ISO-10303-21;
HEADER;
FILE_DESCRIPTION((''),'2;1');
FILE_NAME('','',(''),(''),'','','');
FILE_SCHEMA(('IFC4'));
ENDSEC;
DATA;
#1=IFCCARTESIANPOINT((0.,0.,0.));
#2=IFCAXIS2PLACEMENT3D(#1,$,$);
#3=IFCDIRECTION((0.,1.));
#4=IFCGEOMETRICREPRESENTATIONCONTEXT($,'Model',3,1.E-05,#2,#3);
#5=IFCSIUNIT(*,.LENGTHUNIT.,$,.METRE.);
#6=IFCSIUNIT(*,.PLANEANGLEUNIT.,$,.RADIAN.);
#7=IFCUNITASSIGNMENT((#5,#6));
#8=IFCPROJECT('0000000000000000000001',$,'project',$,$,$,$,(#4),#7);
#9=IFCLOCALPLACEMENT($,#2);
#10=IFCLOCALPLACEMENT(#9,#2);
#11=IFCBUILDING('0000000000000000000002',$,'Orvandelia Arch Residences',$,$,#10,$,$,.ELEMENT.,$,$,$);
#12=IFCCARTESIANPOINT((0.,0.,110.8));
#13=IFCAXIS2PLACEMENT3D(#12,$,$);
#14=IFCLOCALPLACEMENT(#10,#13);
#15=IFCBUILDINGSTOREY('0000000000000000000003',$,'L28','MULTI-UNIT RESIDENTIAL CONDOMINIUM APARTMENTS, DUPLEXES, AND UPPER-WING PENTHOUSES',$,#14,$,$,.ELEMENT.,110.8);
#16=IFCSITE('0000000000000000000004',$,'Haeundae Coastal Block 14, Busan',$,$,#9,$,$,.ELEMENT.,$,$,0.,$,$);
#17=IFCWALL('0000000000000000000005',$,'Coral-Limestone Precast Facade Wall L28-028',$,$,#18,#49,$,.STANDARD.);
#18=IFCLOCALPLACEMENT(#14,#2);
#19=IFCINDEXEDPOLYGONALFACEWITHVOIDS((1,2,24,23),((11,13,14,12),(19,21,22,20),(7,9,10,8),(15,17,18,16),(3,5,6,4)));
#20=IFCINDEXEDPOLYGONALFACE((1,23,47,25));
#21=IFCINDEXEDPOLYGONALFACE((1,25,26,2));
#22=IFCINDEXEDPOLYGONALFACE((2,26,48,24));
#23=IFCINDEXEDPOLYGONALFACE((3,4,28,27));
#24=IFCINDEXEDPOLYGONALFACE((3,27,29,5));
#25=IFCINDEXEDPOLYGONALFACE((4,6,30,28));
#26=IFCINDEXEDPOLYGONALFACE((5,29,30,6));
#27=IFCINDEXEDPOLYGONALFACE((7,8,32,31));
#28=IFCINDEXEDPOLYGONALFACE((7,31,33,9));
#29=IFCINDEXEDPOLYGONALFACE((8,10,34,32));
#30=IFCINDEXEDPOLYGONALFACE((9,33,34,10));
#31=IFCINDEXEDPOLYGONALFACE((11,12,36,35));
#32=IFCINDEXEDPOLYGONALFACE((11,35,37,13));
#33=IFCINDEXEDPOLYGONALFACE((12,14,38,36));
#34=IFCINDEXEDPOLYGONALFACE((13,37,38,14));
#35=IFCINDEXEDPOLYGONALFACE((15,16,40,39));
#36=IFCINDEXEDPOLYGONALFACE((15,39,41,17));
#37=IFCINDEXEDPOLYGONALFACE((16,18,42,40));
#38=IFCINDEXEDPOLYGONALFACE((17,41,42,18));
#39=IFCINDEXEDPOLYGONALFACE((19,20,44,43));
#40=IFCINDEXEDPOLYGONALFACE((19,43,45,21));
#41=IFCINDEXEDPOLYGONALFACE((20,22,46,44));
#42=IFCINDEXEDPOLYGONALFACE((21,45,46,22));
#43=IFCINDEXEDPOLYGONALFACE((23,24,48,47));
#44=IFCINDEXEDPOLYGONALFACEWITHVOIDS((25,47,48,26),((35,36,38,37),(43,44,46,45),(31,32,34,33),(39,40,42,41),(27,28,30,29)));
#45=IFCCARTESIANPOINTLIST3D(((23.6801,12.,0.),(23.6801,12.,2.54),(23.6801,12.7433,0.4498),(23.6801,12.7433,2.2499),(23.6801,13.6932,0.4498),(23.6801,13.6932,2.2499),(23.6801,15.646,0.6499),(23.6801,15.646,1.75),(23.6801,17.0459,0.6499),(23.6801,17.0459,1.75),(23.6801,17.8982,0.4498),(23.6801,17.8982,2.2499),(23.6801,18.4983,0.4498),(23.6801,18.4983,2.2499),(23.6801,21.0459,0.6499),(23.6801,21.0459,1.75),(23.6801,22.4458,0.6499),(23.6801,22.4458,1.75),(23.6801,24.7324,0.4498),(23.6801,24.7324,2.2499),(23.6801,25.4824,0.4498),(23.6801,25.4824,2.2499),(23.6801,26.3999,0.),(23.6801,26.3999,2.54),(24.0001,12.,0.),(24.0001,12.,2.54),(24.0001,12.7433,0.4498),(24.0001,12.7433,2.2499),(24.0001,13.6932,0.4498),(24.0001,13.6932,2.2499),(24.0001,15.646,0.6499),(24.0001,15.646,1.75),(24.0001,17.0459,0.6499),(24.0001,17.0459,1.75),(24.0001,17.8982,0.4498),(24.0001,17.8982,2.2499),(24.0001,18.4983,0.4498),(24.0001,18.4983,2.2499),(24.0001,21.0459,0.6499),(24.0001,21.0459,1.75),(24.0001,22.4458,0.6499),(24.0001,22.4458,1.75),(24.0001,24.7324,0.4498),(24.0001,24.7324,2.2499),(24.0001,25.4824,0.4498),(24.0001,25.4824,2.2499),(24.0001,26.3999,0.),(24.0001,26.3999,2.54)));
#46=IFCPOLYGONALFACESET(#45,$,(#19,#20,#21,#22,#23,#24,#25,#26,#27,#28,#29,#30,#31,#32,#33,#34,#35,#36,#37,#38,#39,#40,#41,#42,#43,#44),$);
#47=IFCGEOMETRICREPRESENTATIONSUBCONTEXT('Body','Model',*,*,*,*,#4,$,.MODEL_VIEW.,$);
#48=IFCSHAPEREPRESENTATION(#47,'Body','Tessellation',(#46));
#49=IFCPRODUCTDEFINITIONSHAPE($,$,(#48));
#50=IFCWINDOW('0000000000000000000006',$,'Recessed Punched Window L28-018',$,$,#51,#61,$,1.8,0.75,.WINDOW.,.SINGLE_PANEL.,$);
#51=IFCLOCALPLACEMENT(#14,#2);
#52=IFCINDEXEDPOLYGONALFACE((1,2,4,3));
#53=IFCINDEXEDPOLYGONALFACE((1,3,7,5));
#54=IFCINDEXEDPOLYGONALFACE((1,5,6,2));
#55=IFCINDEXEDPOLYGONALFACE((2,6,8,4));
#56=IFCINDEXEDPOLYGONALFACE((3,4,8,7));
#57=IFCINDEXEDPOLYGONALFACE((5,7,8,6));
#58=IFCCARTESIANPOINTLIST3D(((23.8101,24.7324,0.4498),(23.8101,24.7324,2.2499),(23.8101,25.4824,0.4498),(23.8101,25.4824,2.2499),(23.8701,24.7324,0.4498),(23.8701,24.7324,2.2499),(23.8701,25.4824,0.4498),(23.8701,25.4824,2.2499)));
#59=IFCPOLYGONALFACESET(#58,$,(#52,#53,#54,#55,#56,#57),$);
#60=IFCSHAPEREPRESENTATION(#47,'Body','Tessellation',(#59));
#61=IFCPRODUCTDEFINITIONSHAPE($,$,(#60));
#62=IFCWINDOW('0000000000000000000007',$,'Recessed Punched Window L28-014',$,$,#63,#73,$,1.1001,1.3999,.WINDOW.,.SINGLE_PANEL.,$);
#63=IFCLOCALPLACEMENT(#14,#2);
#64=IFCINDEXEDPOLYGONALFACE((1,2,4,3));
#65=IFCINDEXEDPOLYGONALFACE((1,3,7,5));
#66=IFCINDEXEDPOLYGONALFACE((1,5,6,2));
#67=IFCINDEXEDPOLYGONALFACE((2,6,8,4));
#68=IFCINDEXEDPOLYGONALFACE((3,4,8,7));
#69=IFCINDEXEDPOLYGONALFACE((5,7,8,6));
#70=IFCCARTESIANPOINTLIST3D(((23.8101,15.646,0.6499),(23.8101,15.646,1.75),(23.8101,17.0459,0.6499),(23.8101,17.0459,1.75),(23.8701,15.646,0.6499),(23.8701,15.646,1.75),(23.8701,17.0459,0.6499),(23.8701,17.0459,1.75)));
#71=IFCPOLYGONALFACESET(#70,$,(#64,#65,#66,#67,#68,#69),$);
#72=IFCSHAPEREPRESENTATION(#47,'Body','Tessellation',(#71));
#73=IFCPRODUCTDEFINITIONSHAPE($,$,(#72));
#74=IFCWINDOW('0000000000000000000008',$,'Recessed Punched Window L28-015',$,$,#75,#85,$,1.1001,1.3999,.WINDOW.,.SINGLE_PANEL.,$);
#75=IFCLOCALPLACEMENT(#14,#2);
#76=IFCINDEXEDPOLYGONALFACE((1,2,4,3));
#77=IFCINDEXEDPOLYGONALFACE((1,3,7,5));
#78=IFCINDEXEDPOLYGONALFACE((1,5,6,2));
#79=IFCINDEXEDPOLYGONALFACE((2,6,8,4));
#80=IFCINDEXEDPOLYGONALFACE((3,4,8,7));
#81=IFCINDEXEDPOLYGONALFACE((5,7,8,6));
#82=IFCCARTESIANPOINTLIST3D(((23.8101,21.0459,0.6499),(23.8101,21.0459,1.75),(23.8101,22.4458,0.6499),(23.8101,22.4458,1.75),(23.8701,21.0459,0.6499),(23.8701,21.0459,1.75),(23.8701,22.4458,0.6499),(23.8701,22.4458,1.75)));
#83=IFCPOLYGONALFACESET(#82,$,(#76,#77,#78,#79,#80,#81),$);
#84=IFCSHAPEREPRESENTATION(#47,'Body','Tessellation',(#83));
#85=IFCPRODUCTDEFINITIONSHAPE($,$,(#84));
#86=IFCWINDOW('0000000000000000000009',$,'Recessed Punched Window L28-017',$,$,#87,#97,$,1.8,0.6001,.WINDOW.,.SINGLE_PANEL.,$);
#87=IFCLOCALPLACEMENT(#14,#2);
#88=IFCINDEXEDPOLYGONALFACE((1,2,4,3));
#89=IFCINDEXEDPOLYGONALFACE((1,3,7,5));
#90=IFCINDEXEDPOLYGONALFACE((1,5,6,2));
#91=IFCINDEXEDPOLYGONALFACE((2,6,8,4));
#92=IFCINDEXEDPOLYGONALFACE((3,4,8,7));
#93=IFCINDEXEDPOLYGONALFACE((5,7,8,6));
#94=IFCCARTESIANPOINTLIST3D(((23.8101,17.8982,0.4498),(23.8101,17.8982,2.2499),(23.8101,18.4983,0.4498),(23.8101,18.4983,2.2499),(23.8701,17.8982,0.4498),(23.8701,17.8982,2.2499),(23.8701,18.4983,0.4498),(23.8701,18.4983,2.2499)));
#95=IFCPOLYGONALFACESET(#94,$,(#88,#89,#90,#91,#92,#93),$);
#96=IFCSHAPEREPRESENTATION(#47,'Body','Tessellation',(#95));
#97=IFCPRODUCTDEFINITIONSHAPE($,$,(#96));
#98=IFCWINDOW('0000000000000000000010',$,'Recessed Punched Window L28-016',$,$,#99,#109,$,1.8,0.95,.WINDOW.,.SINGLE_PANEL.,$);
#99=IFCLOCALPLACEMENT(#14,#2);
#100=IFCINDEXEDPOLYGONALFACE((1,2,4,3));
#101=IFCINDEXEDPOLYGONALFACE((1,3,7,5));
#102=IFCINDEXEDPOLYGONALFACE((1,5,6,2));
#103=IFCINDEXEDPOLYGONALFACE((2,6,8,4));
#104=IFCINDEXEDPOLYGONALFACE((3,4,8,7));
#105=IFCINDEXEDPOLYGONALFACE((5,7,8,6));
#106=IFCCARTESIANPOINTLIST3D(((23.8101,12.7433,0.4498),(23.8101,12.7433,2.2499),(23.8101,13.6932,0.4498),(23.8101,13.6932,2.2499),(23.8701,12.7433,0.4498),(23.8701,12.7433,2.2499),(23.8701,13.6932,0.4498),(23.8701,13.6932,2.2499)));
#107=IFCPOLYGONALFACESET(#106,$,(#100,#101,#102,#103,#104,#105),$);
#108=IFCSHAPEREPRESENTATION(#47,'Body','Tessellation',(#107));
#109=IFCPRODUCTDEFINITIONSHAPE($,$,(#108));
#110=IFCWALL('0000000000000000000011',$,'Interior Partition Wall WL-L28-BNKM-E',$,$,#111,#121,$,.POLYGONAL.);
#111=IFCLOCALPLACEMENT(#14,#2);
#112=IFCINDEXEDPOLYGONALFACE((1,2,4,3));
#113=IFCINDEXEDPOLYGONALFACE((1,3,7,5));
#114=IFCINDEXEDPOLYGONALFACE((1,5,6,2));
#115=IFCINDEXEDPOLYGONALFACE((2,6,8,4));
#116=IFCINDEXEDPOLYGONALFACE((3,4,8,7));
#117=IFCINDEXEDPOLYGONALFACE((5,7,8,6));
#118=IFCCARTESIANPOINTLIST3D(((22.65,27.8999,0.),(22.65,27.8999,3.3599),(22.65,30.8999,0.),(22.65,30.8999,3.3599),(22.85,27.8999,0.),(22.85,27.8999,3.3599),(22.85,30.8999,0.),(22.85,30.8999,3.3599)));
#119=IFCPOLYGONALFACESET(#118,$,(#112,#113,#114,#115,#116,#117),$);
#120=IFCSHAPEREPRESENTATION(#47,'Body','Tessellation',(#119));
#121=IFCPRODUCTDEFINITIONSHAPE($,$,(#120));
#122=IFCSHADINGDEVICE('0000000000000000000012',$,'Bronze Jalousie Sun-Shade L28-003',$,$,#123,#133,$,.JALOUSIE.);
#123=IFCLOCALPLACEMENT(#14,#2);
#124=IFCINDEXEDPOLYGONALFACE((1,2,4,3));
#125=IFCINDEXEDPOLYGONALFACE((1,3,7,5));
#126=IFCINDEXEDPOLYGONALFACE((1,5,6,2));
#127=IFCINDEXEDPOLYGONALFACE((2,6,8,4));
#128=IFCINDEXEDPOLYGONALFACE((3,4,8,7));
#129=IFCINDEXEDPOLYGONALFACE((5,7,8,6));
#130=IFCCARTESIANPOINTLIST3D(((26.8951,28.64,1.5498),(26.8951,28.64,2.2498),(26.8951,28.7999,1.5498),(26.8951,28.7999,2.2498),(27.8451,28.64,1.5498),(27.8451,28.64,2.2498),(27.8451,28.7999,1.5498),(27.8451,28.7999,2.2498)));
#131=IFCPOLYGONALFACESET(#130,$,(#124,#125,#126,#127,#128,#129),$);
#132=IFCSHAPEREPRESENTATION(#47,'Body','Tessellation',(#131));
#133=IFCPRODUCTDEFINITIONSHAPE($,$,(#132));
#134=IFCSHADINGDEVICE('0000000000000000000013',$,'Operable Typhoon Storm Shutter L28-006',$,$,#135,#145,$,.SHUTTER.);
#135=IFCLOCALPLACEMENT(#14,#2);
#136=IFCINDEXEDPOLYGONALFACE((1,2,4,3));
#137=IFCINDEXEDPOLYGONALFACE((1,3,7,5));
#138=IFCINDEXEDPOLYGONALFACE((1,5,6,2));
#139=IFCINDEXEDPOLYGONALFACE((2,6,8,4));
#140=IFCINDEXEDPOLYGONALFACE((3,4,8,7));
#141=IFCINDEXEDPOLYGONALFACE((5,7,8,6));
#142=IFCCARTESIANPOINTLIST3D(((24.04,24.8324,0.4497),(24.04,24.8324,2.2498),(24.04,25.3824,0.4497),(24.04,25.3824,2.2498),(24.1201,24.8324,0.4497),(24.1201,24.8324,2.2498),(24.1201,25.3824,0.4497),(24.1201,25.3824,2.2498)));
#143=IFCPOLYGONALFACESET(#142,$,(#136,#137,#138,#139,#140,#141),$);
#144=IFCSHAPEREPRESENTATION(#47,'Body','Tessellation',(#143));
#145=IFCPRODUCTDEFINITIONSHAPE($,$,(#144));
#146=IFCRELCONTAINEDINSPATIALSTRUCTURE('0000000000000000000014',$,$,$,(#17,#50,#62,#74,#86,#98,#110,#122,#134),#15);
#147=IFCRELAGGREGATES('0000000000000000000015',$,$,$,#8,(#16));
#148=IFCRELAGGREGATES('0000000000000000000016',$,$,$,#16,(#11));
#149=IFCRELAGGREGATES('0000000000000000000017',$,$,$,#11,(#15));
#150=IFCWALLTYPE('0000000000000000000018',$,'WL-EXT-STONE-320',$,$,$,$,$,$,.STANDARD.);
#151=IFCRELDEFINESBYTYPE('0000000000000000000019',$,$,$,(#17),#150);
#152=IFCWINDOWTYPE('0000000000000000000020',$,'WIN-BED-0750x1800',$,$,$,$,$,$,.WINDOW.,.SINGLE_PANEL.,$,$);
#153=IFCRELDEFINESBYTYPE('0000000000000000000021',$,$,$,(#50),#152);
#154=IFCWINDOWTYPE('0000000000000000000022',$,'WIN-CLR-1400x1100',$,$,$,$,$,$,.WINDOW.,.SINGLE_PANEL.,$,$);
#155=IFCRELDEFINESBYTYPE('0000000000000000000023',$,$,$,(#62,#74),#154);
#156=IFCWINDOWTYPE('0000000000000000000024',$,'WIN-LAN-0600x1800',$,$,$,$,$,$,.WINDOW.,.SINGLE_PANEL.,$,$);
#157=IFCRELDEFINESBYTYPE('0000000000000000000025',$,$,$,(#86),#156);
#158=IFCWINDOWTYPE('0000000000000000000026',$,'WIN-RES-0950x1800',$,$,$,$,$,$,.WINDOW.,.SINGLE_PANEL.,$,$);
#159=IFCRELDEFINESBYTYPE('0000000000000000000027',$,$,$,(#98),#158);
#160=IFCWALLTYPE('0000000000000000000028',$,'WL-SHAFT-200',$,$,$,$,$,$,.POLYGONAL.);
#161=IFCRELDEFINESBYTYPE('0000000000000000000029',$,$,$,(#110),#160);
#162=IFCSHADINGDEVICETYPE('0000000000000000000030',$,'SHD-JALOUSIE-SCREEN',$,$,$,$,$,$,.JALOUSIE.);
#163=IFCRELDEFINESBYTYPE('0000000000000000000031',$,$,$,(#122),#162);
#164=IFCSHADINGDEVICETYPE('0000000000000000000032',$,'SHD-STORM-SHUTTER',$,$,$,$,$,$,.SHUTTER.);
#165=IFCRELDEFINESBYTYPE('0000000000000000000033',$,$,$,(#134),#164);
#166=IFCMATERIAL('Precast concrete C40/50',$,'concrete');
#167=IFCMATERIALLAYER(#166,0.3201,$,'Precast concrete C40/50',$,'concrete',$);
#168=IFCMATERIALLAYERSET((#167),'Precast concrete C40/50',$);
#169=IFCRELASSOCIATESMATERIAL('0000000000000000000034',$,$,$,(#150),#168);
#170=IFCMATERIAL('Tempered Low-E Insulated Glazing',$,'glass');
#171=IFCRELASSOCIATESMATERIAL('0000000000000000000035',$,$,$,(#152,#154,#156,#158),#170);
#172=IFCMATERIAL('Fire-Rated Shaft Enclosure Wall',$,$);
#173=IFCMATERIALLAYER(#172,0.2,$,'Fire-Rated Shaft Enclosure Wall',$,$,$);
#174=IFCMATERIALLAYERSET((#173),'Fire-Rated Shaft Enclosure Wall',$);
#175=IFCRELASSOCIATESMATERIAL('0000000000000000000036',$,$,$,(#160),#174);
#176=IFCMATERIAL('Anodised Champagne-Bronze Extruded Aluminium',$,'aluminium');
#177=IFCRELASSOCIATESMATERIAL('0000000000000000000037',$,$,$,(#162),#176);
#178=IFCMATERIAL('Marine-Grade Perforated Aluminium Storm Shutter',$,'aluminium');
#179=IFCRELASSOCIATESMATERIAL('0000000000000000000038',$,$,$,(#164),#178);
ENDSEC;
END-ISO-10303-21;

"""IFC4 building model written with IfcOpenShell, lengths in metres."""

from ifc_helpers import new_model, si_unit, direction, frame, frame_2d, origin, origin_2d, place, context, subcontext, project, spatial, rectangle, extrude, material, layer, layer_set, type_object, element, fill, save


model = new_model("IFC4")

# Units and contexts
model_context = context("Model", 3, precision=1e-05, world=origin(), true_north=direction((0.0, 1.0)))
body_context = subcontext(model_context, "Body", "Model", "MODEL_VIEW")
ifc_project = project(units=[si_unit("LENGTHUNIT", "METRE"), si_unit("PLANEANGLEUNIT", "RADIAN")], contexts=[model_context])

# Site, building, storey
site_placement = place(None, origin())
site = spatial("IfcSite", under=ifc_project, at=site_placement, Name="Haeundae Coastal Block 14, Busan", CompositionType="ELEMENT", RefElevation=0.0)
building_placement = place(site_placement, origin())
building = spatial("IfcBuilding", under=site, at=building_placement, Name="Orvandelia Arch Residences", CompositionType="ELEMENT")
storey_placement = place(building_placement, frame((0.0, 0.0, 110.8)))
storey = spatial("IfcBuildingStorey", under=building, at=storey_placement, Name="L28", Description="MULTI-UNIT RESIDENTIAL CONDOMINIUM APARTMENTS, DUPLEXES, AND UPPER-WING PENTHOUSES", CompositionType="ELEMENT", Elevation=110.8)

# Shared definitions
ifc_material_1 = material(Name="Precast concrete C40/50", Category="concrete")
ifc_layer_1 = layer(ifc_material_1, 0.3201, Name="Precast concrete C40/50", Category="concrete")
ifc_layer_set_1 = layer_set([ifc_layer_1], Name="Precast concrete C40/50")
wall_type_1 = type_object("IfcWallType", Name="WL-EXT-STONE-320", PredefinedType="STANDARD", material=ifc_layer_set_1)

# Wall, openings, windows
wall_1_placement = place(storey_placement, frame((23.8401, 26.3999, 0.0), z_axis=(0.0, 0.0, 1.0), x_axis=(0.0, -1.0, 0.0)))
wall_1 = element("IfcWall", 1, at=wall_1_placement, inside=storey, type_object=wall_type_1, Name="Coral-Limestone Precast Facade Wall L28-028", PredefinedType="STANDARD", context=body_context, shape_type="SweptSolid", body=[
    extrude(rectangle(XDim=14.3999, YDim=0.3201, at=frame_2d((7.2, 0.0))), origin(), (0.0, 0.0, 1.0), 2.54),
])
opening_1_placement = place(wall_1_placement, frame((9.354, 0.0, 0.6499)))
opening_1 = element("IfcOpeningElement", 2, at=opening_1_placement, cuts=wall_1, PredefinedType="OPENING", context=body_context, shape_type="SweptSolid", body=[
    extrude(rectangle(XDim=1.3999, YDim=1.1001, at=frame_2d((0.7, 0.55))), frame((0.0, 0.1699, 0.0), z_axis=(0.0, -1.0, 0.0), x_axis=(1.0, 0.0, 0.0)), (0.0, 0.0, 1.0), 0.3401),
])
opening_2_placement = place(wall_1_placement, frame((3.9541, 0.0, 0.6499)))
opening_2 = element("IfcOpeningElement", 3, at=opening_2_placement, cuts=wall_1, PredefinedType="OPENING", context=body_context, shape_type="SweptSolid", body=[
    extrude(rectangle(XDim=1.3999, YDim=1.1001, at=frame_2d((0.7, 0.55))), frame((0.0, 0.1699, 0.0), z_axis=(0.0, -1.0, 0.0), x_axis=(1.0, 0.0, 0.0)), (0.0, 0.0, 1.0), 0.3401),
])
opening_3_placement = place(wall_1_placement, frame((12.7065, 0.0, 0.45)))
opening_3 = element("IfcOpeningElement", 4, at=opening_3_placement, cuts=wall_1, PredefinedType="OPENING", context=body_context, shape_type="SweptSolid", body=[
    extrude(rectangle(XDim=0.95, YDim=1.8, at=frame_2d((0.4751, 0.8999))), frame((0.0, 0.1699, 0.0), z_axis=(0.0, -1.0, 0.0), x_axis=(1.0, 0.0, 0.0)), (0.0, 0.0, 1.0), 0.3401),
])
opening_4_placement = place(wall_1_placement, frame((7.9016, 0.0, 0.45)))
opening_4 = element("IfcOpeningElement", 5, at=opening_4_placement, cuts=wall_1, PredefinedType="OPENING", context=body_context, shape_type="SweptSolid", body=[
    extrude(rectangle(XDim=0.6001, YDim=1.8, at=frame_2d((0.3, 0.8999))), frame((0.0, 0.1699, 0.0), z_axis=(0.0, -1.0, 0.0), x_axis=(1.0, 0.0, 0.0)), (0.0, 0.0, 1.0), 0.3401),
])
opening_5_placement = place(wall_1_placement, frame((0.9175, 0.0, 0.45)))
opening_5 = element("IfcOpeningElement", 6, at=opening_5_placement, cuts=wall_1, PredefinedType="OPENING", context=body_context, shape_type="SweptSolid", body=[
    extrude(rectangle(XDim=0.75, YDim=1.8, at=frame_2d((0.375, 0.8999))), frame((0.0, 0.1699, 0.0), z_axis=(0.0, -1.0, 0.0), x_axis=(1.0, 0.0, 0.0)), (0.0, 0.0, 1.0), 0.3401),
])
ifc_material_2 = material(Name="Tempered Low-E Insulated Glazing", Category="glass")
window_type_1 = type_object("IfcWindowType", Name="WIN-BED-0750x1800", PartitioningType="SINGLE_PANEL", PredefinedType="WINDOW", material=ifc_material_2)
window_1_placement = place(opening_5_placement, origin())
window_1 = element("IfcWindow", 7, at=window_1_placement, inside=storey, type_object=window_type_1, Name="Recessed Punched Window L28-018", OverallHeight=1.8, OverallWidth=0.75, PartitioningType="SINGLE_PANEL", PredefinedType="WINDOW", context=body_context, shape_type="SweptSolid", body=[
    extrude(rectangle(XDim=0.75, YDim=1.8, at=frame_2d((0.375, 0.8999))), frame((0.0, 0.03, 0.0), z_axis=(0.0, -1.0, 0.0), x_axis=(1.0, 0.0, 0.0)), (0.0, 0.0, 1.0), 0.0601),
])
fill(opening_5, window_1)
window_type_2 = type_object("IfcWindowType", Name="WIN-CLR-1400x1100", PartitioningType="SINGLE_PANEL", PredefinedType="WINDOW", material=ifc_material_2)
window_2_placement = place(opening_1_placement, origin())
window_2 = element("IfcWindow", 8, at=window_2_placement, inside=storey, type_object=window_type_2, Name="Recessed Punched Window L28-014", OverallHeight=1.1001, OverallWidth=1.3999, PartitioningType="SINGLE_PANEL", PredefinedType="WINDOW", context=body_context, shape_type="SweptSolid", body=[
    extrude(rectangle(XDim=1.3999, YDim=1.1001, at=frame_2d((0.7, 0.55))), frame((0.0, 0.03, 0.0), z_axis=(0.0, -1.0, 0.0), x_axis=(1.0, 0.0, 0.0)), (0.0, 0.0, 1.0), 0.0601),
])
fill(opening_1, window_2)
window_3_placement = place(opening_2_placement, origin())
window_3 = element("IfcWindow", 9, at=window_3_placement, inside=storey, type_object=window_type_2, Name="Recessed Punched Window L28-015", OverallHeight=1.1001, OverallWidth=1.3999, PartitioningType="SINGLE_PANEL", PredefinedType="WINDOW", context=body_context, shape_type="SweptSolid", body=[
    extrude(rectangle(XDim=1.3999, YDim=1.1001, at=frame_2d((0.7, 0.55))), frame((0.0, 0.03, 0.0), z_axis=(0.0, -1.0, 0.0), x_axis=(1.0, 0.0, 0.0)), (0.0, 0.0, 1.0), 0.0601),
])
fill(opening_2, window_3)
window_type_3 = type_object("IfcWindowType", Name="WIN-LAN-0600x1800", PartitioningType="SINGLE_PANEL", PredefinedType="WINDOW", material=ifc_material_2)
window_4_placement = place(opening_4_placement, origin())
window_4 = element("IfcWindow", 10, at=window_4_placement, inside=storey, type_object=window_type_3, Name="Recessed Punched Window L28-017", OverallHeight=1.8, OverallWidth=0.6001, PartitioningType="SINGLE_PANEL", PredefinedType="WINDOW", context=body_context, shape_type="SweptSolid", body=[
    extrude(rectangle(XDim=0.6001, YDim=1.8, at=frame_2d((0.3, 0.8999))), frame((0.0, 0.03, 0.0), z_axis=(0.0, -1.0, 0.0), x_axis=(1.0, 0.0, 0.0)), (0.0, 0.0, 1.0), 0.0601),
])
fill(opening_4, window_4)
window_type_4 = type_object("IfcWindowType", Name="WIN-RES-0950x1800", PartitioningType="SINGLE_PANEL", PredefinedType="WINDOW", material=ifc_material_2)
window_5_placement = place(opening_3_placement, origin())
window_5 = element("IfcWindow", 11, at=window_5_placement, inside=storey, type_object=window_type_4, Name="Recessed Punched Window L28-016", OverallHeight=1.8, OverallWidth=0.95, PartitioningType="SINGLE_PANEL", PredefinedType="WINDOW", context=body_context, shape_type="SweptSolid", body=[
    extrude(rectangle(XDim=0.95, YDim=1.8, at=frame_2d((0.4751, 0.8999))), frame((0.0, 0.03, 0.0), z_axis=(0.0, -1.0, 0.0), x_axis=(1.0, 0.0, 0.0)), (0.0, 0.0, 1.0), 0.0601),
])
fill(opening_3, window_5)

# Wall
ifc_material_3 = material(Name="Fire-Rated Shaft Enclosure Wall")
ifc_layer_2 = layer(ifc_material_3, 0.2, Name="Fire-Rated Shaft Enclosure Wall")
ifc_layer_set_2 = layer_set([ifc_layer_2], Name="Fire-Rated Shaft Enclosure Wall")
wall_type_2 = type_object("IfcWallType", Name="WL-SHAFT-200", PredefinedType="POLYGONAL", material=ifc_layer_set_2)
wall_2_placement = place(storey_placement, frame((22.75, 27.8999, 0.0), z_axis=(0.0, 0.0, 1.0), x_axis=(0.0, 1.0, 0.0)))
element("IfcWall", 12, at=wall_2_placement, inside=storey, type_object=wall_type_2, Name="Interior Partition Wall WL-L28-BNKM-E", PredefinedType="POLYGONAL", context=body_context, shape_type="SweptSolid", body=[
    extrude(rectangle(XDim=3.0, YDim=0.2, at=frame_2d((1.5, 0.0))), origin(), (0.0, 0.0, 1.0), 3.3599),
])

# Shading devices
ifc_material_4 = material(Name="Anodised Champagne-Bronze Extruded Aluminium", Category="aluminium")
shading_device_type_1 = type_object("IfcShadingDeviceType", Name="SHD-JALOUSIE-SCREEN", PredefinedType="JALOUSIE", material=ifc_material_4)
shading_device_1_placement = place(storey_placement, frame((27.3701, 28.72, 1.5498), z_axis=(0.0, 0.0, 1.0), x_axis=(-1.0, 0.0, 0.0)))
element("IfcShadingDevice", 13, at=shading_device_1_placement, inside=storey, type_object=shading_device_type_1, Name="Bronze Jalousie Sun-Shade L28-003", PredefinedType="JALOUSIE", context=body_context, shape_type="SweptSolid", body=[
    extrude(rectangle(XDim=0.95, YDim=0.1599, at=origin_2d()), origin(), (0.0, 0.0, 1.0), 0.7),
])
ifc_material_5 = material(Name="Marine-Grade Perforated Aluminium Storm Shutter", Category="aluminium")
shading_device_type_2 = type_object("IfcShadingDeviceType", Name="SHD-STORM-SHUTTER", PredefinedType="SHUTTER", material=ifc_material_5)
shading_device_2_placement = place(storey_placement, frame((24.0801, 25.1074, 0.4497), z_axis=(0.0, 0.0, 1.0), x_axis=(0.0, -1.0, 0.0)))
element("IfcShadingDevice", 14, at=shading_device_2_placement, inside=storey, type_object=shading_device_type_2, Name="Operable Typhoon Storm Shutter L28-006", PredefinedType="SHUTTER", context=body_context, shape_type="SweptSolid", body=[
    extrude(rectangle(XDim=0.55, YDim=0.0801, at=origin_2d()), origin(), (0.0, 0.0, 1.0), 1.8),
])

save(model, "model.ifc")
